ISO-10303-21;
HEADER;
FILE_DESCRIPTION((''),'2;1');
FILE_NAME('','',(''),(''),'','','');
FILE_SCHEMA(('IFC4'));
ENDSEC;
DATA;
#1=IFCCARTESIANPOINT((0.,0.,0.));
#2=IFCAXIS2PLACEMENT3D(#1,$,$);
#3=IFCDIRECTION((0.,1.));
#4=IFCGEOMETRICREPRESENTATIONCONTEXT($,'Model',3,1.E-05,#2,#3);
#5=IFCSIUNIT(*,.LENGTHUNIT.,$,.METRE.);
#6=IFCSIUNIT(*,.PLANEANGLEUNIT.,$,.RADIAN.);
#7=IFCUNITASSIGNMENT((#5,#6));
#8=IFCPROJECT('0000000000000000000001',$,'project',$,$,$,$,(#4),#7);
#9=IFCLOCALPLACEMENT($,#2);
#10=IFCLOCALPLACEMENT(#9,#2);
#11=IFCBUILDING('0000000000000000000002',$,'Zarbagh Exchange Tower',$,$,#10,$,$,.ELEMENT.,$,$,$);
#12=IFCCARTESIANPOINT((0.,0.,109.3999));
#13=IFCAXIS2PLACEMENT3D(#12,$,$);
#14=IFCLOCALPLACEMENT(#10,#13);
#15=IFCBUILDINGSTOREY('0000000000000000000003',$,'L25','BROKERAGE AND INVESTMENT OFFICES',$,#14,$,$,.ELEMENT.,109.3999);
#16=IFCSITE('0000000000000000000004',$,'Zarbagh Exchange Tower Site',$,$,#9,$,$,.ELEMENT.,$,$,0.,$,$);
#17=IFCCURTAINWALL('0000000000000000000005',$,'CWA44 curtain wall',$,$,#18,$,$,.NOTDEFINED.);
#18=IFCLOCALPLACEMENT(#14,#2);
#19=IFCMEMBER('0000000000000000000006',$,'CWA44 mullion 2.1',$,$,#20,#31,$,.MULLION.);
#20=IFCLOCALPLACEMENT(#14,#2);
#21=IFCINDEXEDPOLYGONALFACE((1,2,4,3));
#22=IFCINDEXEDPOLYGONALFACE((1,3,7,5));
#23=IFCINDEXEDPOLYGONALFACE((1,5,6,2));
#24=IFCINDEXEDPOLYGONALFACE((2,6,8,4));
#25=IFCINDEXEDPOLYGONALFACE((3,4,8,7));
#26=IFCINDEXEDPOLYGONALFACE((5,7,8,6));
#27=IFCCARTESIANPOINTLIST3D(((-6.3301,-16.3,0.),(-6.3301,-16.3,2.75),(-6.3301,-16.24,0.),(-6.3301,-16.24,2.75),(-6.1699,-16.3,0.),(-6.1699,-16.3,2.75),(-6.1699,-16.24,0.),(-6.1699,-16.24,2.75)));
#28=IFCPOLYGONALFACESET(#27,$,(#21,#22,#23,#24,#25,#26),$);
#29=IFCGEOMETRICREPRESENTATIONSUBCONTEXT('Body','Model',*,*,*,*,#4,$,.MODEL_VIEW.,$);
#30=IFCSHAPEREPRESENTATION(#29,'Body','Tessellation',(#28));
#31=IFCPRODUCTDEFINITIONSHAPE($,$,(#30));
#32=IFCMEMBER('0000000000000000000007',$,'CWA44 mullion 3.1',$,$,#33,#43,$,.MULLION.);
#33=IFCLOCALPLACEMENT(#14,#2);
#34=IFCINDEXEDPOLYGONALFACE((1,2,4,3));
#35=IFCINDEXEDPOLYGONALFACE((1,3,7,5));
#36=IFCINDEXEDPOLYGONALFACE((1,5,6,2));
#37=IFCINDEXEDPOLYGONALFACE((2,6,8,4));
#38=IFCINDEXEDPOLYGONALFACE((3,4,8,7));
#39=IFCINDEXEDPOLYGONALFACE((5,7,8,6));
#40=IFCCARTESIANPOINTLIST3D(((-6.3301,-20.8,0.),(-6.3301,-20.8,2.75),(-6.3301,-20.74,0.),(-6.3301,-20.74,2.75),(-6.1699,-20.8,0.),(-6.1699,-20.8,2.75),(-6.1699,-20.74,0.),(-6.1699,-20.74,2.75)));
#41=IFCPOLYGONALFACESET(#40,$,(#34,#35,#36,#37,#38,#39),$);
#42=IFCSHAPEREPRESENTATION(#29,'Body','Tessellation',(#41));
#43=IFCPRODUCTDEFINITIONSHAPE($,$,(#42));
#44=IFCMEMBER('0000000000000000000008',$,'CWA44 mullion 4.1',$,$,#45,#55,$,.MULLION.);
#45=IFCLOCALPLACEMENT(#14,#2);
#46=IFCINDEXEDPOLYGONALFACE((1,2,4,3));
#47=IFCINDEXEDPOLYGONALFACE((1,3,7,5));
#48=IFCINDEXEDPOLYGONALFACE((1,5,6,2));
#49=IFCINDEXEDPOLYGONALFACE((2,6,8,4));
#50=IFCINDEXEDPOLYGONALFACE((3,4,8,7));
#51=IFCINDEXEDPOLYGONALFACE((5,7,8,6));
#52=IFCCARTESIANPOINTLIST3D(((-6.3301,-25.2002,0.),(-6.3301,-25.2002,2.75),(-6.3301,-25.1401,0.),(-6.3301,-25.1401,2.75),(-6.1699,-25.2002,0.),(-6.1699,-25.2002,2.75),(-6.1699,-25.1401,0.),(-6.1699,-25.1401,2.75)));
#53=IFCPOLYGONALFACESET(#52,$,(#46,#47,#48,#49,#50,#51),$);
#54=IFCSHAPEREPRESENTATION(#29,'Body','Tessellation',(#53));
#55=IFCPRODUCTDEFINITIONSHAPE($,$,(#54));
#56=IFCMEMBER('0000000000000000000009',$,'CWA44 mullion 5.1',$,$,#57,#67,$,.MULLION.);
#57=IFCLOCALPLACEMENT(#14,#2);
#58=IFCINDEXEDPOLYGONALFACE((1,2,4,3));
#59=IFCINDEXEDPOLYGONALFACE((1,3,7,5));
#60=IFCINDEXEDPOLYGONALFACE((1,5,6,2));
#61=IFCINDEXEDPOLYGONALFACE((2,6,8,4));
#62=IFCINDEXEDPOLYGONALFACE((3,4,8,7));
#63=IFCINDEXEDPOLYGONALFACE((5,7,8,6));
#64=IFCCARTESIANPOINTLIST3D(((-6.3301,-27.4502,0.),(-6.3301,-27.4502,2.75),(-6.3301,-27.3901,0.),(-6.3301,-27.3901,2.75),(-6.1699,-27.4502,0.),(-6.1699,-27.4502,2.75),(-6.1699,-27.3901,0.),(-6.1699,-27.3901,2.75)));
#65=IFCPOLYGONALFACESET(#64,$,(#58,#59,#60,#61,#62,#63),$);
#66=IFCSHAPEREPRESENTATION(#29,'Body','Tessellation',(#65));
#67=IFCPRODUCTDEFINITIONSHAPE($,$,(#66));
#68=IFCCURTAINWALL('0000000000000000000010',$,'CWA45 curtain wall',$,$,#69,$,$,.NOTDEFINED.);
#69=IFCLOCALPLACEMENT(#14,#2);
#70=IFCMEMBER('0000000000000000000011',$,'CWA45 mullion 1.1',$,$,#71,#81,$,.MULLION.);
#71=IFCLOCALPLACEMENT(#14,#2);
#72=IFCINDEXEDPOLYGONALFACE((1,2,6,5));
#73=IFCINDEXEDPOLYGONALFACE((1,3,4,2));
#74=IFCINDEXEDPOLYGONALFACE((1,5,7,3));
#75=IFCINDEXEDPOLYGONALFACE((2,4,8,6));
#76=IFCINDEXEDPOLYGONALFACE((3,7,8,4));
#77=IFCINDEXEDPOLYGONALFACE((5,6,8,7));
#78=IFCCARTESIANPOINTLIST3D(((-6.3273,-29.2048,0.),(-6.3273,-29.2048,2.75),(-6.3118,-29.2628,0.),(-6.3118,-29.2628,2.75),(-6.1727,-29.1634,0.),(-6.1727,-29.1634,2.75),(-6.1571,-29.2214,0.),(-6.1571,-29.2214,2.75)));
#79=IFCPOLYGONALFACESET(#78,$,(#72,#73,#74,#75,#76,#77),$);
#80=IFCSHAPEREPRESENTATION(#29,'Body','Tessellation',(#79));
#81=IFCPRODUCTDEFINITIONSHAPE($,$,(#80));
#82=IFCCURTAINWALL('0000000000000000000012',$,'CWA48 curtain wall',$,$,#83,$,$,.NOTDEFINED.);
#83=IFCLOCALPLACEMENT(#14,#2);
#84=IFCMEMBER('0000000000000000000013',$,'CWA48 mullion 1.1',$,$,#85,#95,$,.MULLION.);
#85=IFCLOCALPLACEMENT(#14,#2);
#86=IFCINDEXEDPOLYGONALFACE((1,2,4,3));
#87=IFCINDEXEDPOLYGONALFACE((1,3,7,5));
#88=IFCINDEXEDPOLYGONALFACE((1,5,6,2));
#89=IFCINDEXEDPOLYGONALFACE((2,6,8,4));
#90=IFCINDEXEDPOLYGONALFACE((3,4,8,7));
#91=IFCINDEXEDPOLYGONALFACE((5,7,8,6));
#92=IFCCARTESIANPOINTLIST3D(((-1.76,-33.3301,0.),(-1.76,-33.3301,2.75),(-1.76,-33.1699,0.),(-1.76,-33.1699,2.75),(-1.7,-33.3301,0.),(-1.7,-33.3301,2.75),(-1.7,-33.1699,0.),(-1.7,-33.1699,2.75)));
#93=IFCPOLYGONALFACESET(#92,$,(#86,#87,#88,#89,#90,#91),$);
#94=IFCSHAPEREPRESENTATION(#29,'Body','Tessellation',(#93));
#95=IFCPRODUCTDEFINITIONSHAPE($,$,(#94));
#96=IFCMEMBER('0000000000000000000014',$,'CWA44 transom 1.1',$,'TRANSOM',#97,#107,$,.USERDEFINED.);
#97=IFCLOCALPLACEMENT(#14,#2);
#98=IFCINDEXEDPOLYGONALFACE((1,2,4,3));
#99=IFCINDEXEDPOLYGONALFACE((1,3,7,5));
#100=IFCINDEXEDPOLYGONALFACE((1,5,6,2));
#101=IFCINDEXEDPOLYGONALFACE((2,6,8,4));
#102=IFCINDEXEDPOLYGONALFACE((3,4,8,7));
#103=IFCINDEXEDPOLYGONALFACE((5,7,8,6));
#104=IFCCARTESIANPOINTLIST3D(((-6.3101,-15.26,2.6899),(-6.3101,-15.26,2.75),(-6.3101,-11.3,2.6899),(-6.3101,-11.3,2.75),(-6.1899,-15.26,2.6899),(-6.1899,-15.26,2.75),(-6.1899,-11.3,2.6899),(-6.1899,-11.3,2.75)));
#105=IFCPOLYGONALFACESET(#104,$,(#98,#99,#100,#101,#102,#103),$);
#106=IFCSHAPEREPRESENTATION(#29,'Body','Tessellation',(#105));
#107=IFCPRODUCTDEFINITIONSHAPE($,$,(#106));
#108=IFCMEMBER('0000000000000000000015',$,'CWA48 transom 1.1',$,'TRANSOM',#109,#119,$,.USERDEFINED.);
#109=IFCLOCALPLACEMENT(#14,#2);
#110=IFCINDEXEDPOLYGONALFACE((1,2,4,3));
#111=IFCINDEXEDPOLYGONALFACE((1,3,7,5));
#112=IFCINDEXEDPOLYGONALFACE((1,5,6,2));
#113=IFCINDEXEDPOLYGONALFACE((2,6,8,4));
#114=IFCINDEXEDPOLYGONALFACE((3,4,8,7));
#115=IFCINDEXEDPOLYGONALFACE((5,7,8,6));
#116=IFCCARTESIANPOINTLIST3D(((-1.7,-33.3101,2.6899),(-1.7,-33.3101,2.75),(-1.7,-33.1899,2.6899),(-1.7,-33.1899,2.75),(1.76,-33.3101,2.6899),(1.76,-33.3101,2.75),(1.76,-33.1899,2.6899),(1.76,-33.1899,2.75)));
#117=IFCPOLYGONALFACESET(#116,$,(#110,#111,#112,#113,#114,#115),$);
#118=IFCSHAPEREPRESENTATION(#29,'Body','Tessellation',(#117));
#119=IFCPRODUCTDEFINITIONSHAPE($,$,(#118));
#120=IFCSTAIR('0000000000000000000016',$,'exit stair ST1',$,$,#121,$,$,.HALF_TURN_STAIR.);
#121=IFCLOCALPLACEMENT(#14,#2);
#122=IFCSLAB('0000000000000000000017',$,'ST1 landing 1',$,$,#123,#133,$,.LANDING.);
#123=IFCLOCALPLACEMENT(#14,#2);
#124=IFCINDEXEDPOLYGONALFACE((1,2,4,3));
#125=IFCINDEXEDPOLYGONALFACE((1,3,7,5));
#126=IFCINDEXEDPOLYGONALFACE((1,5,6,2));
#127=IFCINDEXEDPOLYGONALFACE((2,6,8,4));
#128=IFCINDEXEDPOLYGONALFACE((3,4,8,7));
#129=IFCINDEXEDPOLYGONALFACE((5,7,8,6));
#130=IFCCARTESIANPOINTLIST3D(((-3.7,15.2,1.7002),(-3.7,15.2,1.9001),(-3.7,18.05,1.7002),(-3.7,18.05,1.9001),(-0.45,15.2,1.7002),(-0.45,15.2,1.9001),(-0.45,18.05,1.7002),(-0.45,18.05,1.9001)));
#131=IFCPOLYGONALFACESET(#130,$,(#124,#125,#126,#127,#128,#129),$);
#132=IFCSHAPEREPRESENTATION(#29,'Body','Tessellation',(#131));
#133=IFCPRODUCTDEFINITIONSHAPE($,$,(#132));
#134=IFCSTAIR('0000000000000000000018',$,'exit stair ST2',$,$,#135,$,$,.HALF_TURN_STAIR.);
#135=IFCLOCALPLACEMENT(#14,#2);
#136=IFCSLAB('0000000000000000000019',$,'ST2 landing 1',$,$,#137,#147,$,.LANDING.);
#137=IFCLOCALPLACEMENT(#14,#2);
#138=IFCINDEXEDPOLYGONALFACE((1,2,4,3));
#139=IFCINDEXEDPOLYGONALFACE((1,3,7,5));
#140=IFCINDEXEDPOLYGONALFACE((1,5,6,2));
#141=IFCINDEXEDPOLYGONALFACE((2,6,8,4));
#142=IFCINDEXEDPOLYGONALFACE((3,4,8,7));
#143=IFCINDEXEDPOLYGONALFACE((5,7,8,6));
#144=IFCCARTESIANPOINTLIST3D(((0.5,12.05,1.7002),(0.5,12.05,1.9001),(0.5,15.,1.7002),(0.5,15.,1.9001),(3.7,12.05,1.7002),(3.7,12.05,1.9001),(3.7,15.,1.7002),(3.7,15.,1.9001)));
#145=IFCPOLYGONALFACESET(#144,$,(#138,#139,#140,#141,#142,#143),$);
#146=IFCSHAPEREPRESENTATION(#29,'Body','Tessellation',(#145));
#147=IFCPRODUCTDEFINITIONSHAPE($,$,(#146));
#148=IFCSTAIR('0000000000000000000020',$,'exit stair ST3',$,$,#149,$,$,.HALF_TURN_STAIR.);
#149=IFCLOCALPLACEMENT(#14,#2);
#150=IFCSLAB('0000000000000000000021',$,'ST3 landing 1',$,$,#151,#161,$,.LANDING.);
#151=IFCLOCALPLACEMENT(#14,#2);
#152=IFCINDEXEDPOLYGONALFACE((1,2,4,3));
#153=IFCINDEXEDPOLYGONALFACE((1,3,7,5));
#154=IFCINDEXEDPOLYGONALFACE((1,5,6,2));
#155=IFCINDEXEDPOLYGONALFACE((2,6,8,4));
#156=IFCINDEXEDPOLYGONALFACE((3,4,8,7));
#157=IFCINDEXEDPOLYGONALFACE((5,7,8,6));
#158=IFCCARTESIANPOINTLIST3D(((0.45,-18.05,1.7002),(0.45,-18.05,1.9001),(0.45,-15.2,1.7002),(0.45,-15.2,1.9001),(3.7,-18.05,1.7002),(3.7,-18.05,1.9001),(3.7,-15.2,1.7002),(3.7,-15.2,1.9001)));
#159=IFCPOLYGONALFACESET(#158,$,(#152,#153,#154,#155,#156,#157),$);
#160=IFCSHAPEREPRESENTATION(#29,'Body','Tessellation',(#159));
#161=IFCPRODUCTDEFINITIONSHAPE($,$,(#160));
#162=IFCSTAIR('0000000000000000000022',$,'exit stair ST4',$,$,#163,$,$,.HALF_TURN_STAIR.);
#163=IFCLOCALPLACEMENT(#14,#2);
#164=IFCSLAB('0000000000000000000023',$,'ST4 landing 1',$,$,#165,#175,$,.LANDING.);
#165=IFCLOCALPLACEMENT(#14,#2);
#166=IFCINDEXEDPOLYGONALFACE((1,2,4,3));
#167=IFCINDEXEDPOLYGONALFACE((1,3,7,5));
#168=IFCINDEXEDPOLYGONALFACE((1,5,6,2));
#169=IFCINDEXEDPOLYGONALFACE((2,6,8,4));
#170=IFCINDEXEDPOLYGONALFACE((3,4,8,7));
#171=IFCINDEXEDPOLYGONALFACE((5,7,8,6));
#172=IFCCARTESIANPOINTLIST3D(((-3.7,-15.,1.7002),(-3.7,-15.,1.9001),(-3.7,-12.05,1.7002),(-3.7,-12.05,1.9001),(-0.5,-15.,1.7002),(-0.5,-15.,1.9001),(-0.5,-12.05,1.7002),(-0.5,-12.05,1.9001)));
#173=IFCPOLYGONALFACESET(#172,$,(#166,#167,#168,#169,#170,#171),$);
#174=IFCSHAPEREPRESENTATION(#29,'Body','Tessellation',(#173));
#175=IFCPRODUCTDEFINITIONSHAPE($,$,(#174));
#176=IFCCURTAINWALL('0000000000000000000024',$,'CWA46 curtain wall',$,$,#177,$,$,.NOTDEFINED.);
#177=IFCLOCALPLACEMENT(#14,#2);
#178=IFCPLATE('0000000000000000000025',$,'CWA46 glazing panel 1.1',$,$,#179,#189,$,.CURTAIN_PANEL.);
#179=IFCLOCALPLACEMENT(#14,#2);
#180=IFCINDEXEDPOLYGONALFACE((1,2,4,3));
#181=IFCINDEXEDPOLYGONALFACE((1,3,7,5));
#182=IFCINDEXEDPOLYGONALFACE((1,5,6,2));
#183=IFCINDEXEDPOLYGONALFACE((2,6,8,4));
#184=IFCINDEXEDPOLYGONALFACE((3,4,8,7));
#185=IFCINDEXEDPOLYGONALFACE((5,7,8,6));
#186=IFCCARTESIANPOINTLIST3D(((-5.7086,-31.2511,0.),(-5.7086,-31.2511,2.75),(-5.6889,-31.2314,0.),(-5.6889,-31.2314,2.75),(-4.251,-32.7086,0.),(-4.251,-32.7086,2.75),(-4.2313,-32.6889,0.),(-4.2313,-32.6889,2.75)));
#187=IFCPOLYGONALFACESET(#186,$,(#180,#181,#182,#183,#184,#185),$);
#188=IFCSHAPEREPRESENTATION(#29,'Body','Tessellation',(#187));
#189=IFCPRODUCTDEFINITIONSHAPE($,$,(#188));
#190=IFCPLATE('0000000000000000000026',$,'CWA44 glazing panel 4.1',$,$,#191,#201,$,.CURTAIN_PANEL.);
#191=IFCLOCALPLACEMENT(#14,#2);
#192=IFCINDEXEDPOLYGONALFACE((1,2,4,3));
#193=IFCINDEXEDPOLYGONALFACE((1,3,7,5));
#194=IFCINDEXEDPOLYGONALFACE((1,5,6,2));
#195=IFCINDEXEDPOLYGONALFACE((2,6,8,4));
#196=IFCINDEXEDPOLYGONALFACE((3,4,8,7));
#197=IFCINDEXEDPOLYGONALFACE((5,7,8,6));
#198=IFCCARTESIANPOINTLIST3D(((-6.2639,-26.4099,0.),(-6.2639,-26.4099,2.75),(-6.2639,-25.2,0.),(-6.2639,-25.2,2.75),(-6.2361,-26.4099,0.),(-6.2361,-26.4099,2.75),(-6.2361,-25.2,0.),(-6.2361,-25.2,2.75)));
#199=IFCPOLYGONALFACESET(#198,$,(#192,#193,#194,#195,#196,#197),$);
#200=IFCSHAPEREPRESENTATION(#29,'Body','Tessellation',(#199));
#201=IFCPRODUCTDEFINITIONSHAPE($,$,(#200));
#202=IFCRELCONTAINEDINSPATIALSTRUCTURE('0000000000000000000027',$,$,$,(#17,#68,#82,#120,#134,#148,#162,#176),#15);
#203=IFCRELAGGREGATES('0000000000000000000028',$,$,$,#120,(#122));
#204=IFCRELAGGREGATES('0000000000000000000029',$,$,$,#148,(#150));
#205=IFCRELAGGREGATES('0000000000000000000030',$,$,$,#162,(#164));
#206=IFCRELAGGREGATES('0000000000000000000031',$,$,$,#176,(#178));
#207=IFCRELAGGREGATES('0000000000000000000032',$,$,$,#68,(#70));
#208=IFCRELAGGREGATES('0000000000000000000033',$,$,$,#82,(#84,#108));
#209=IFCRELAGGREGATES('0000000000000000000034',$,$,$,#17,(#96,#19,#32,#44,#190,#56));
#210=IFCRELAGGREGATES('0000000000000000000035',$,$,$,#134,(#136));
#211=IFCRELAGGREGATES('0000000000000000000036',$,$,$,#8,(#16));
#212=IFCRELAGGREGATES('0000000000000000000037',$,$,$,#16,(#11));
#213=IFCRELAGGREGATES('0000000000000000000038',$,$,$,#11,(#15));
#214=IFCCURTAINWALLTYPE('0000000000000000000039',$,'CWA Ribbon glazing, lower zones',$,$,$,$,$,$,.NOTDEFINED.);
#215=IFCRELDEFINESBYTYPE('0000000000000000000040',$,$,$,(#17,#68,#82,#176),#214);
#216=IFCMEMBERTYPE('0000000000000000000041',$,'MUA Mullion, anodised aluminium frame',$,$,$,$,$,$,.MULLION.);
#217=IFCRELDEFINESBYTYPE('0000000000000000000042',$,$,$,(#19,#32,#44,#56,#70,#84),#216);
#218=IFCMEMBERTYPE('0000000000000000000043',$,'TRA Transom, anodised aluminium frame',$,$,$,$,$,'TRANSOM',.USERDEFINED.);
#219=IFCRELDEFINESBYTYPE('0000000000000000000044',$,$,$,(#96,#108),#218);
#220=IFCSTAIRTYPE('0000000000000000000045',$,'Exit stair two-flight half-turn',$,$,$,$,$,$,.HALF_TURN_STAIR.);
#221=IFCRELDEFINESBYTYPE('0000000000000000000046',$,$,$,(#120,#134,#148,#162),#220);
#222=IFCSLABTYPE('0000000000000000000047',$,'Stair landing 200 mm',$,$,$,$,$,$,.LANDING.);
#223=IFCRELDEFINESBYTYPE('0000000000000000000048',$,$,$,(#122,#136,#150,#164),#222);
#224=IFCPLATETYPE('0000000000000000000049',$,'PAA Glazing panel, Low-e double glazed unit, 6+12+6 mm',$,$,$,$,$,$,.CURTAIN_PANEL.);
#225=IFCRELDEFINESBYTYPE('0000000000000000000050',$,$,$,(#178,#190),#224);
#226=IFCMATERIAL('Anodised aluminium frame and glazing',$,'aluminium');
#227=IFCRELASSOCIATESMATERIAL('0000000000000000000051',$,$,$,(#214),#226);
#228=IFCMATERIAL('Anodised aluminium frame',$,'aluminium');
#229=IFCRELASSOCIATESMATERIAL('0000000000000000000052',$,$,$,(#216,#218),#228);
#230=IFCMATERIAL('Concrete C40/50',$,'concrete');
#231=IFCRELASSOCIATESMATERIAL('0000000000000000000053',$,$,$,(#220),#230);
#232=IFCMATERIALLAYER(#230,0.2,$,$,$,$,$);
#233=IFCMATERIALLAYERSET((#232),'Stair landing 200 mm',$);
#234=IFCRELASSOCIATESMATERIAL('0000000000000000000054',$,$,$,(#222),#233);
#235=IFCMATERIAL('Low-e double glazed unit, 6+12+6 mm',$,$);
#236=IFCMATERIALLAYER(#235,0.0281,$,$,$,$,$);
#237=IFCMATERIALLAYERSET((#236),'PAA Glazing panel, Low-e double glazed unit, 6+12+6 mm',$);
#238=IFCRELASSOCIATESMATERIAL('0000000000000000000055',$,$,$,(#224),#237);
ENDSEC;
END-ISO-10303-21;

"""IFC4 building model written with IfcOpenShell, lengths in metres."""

from ifc_helpers import new_model, si_unit, direction, frame, origin, place, context, subcontext, project, spatial, polyline, outline, extrude, source, transform, mapped, material, layer, layer_set, type_object, element, aggregate, save


model = new_model("IFC4")

# Units and contexts
model_context = context("Model", 3, precision=1e-05, world=origin(), true_north=direction((0.0, 1.0)))
body_context = subcontext(model_context, "Body", "Model", "MODEL_VIEW")
ifc_project = project(units=[si_unit("LENGTHUNIT", "METRE"), si_unit("PLANEANGLEUNIT", "RADIAN")], contexts=[model_context])

# Site, building, storey
site_placement = place(None, origin())
site = spatial("IfcSite", under=ifc_project, at=site_placement, Name="Zarbagh Exchange Tower Site", CompositionType="ELEMENT", RefElevation=0.0)
building_placement = place(site_placement, origin())
building = spatial("IfcBuilding", under=site, at=building_placement, Name="Zarbagh Exchange Tower", CompositionType="ELEMENT")
storey_placement = place(building_placement, frame((0.0, 0.0, 109.3999)))
storey = spatial("IfcBuildingStorey", under=building, at=storey_placement, Name="L25", Description="BROKERAGE AND INVESTMENT OFFICES", CompositionType="ELEMENT", Elevation=109.3999)

# Curtain wall, members
ifc_material_1 = material(Name="Anodised aluminium frame and glazing", Category="aluminium")
curtain_wall_type = type_object("IfcCurtainWallType", Name="CWA Ribbon glazing, lower zones", PredefinedType="NOTDEFINED", material=ifc_material_1)
curtain_wall_1_placement = place(storey_placement, origin())
curtain_wall_1 = element("IfcCurtainWall", 1, at=curtain_wall_1_placement, inside=storey, type_object=curtain_wall_type, Name="CWA44 curtain wall", PredefinedType="NOTDEFINED")
ifc_material_2 = material(Name="Anodised aluminium frame", Category="aluminium")
member_type_1 = type_object("IfcMemberType", Name="MUA Mullion, anodised aluminium frame", PredefinedType="MULLION", material=ifc_material_2)
shared_shape_1 = source(origin(), body_context, "Body", "SweptSolid", [
    extrude(outline(polyline([(0.0, -0.0801), (0.0601, -0.0801), (0.0601, 0.0801), (0.0, 0.0801), (0.0, -0.0801)])), origin(), (0.0, 0.0, 1.0), 2.75),
])
placement = place(storey_placement, origin())
member_1 = element("IfcMember", 2, at=placement, type_object=member_type_1, Name="CWA44 mullion 2.1", PredefinedType="MULLION", context=body_context, shape_type="MappedRepresentation", body=[
    mapped(shared_shape_1, transform((-6.25, -16.24, 0.0), x_axis=(0.0, -1.0, 0.0), y_axis=(1.0, 0.0, 0.0), z_axis=(0.0, 0.0, 1.0))),
])
member_2 = element("IfcMember", 3, at=placement, type_object=member_type_1, Name="CWA44 mullion 3.1", PredefinedType="MULLION", context=body_context, shape_type="MappedRepresentation", body=[
    mapped(shared_shape_1, transform((-6.25, -20.74, 0.0), x_axis=(0.0, -1.0, 0.0), y_axis=(1.0, 0.0, 0.0), z_axis=(0.0, 0.0, 1.0))),
])
member_3 = element("IfcMember", 4, at=placement, type_object=member_type_1, Name="CWA44 mullion 4.1", PredefinedType="MULLION", context=body_context, shape_type="MappedRepresentation", body=[
    mapped(shared_shape_1, transform((-6.25, -25.1401, 0.0), x_axis=(0.0, -1.0, 0.0), y_axis=(1.0, 0.0, 0.0), z_axis=(0.0, 0.0, 1.0))),
])
member_4 = element("IfcMember", 5, at=placement, type_object=member_type_1, Name="CWA44 mullion 5.1", PredefinedType="MULLION", context=body_context, shape_type="MappedRepresentation", body=[
    mapped(shared_shape_1, transform((-6.25, -27.3901, 0.0), x_axis=(0.0, -1.0, 0.0), y_axis=(1.0, 0.0, 0.0), z_axis=(0.0, 0.0, 1.0))),
])

# Curtain walls, members
curtain_wall_2_placement = place(storey_placement, origin())
curtain_wall_2 = element("IfcCurtainWall", 6, at=curtain_wall_2_placement, inside=storey, type_object=curtain_wall_type, Name="CWA45 curtain wall", PredefinedType="NOTDEFINED")
member_5 = element("IfcMember", 7, at=placement, type_object=member_type_1, Name="CWA45 mullion 1.1", PredefinedType="MULLION", context=body_context, shape_type="MappedRepresentation", body=[
    mapped(shared_shape_1, transform((-6.25, -29.1841, 0.0), x_axis=(0.258825, -0.965924, 0.0), y_axis=(0.965924, 0.258825, 0.0), z_axis=(0.0, 0.0, 1.0))),
])
curtain_wall_3_placement = place(storey_placement, origin())
curtain_wall_3 = element("IfcCurtainWall", 8, at=curtain_wall_3_placement, inside=storey, type_object=curtain_wall_type, Name="CWA48 curtain wall", PredefinedType="NOTDEFINED")
member_6 = element("IfcMember", 9, at=placement, type_object=member_type_1, Name="CWA48 mullion 1.1", PredefinedType="MULLION", context=body_context, shape_type="MappedRepresentation", body=[
    mapped(shared_shape_1, transform((-1.76, -33.25, 0.0), x_axis=(1.0, 0.0, 0.0), y_axis=(0.0, 1.0, 0.0), z_axis=(0.0, 0.0, 1.0))),
])

# Members
member_type_2 = type_object("IfcMemberType", Name="TRA Transom, anodised aluminium frame", ElementType="TRANSOM", PredefinedType="USERDEFINED", material=ifc_material_2)
shared_shape_2 = source(origin(), body_context, "Body", "SweptSolid", [
    extrude(outline(polyline([(-0.0601, -0.0601), (0.0, -0.0601), (0.0, 0.0601), (-0.0601, 0.0601), (-0.0601, -0.0601)])), origin(), (0.0, 0.0, 1.0), 3.96),
])
member_7 = element("IfcMember", 10, at=placement, type_object=member_type_2, Name="CWA44 transom 1.1", ObjectType="TRANSOM", PredefinedType="USERDEFINED", context=body_context, shape_type="MappedRepresentation", body=[
    mapped(shared_shape_2, transform((-6.25, -11.3, 2.75), x_axis=(0.0, 0.0, 1.0), y_axis=(-1.0, 0.0, 0.0), z_axis=(0.0, -1.0, 0.0))),
])
shared_shape_3 = source(origin(), body_context, "Body", "SweptSolid", [
    extrude(outline(polyline([(-0.0601, -0.0601), (0.0, -0.0601), (0.0, 0.0601), (-0.0601, 0.0601), (-0.0601, -0.0601)])), origin(), (0.0, 0.0, 1.0), 3.46),
])
member_8 = element("IfcMember", 11, at=placement, type_object=member_type_2, Name="CWA48 transom 1.1", ObjectType="TRANSOM", PredefinedType="USERDEFINED", context=body_context, shape_type="MappedRepresentation", body=[
    mapped(shared_shape_3, transform((-1.7, -33.25, 2.75), x_axis=(0.0, 0.0, 1.0), y_axis=(0.0, -1.0, 0.0), z_axis=(1.0, 0.0, 0.0))),
])

# Stairs, slabs
ifc_material_3 = material(Name="Concrete C40/50", Category="concrete")
stair_type = type_object("IfcStairType", Name="Exit stair two-flight half-turn", PredefinedType="HALF_TURN_STAIR", material=ifc_material_3)
stair_1_placement = place(storey_placement, origin())
stair_1 = element("IfcStair", 12, at=stair_1_placement, inside=storey, type_object=stair_type, Name="exit stair ST1", PredefinedType="HALF_TURN_STAIR")
ifc_layer_1 = layer(ifc_material_3, 0.2)
ifc_layer_set_1 = layer_set([ifc_layer_1], Name="Stair landing 200 mm")
slab_type = type_object("IfcSlabType", Name="Stair landing 200 mm", PredefinedType="LANDING", material=ifc_layer_set_1)
slab_1_placement = place(storey_placement, frame((0.0, 0.0, 1.7002)))
slab_1 = element("IfcSlab", 13, at=slab_1_placement, type_object=slab_type, Name="ST1 landing 1", PredefinedType="LANDING", context=body_context, shape_type="SweptSolid", body=[
    extrude(outline(polyline([(-0.45, 18.05), (-3.7, 18.05), (-3.7, 15.2), (-0.45, 15.2), (-0.45, 18.05)])), origin(), (0.0, 0.0, 1.0), 0.2),
])
aggregate(stair_1, [slab_1])
stair_2_placement = place(storey_placement, origin())
stair_2 = element("IfcStair", 14, at=stair_2_placement, inside=storey, type_object=stair_type, Name="exit stair ST2", PredefinedType="HALF_TURN_STAIR")
slab_2_placement = place(storey_placement, frame((0.0, 0.0, 1.7002)))
slab_2 = element("IfcSlab", 15, at=slab_2_placement, type_object=slab_type, Name="ST2 landing 1", PredefinedType="LANDING", context=body_context, shape_type="SweptSolid", body=[
    extrude(outline(polyline([(0.5, 12.05), (3.7, 12.05), (3.7, 15.0), (0.5, 15.0), (0.5, 12.05)])), origin(), (0.0, 0.0, 1.0), 0.2),
])
stair_3_placement = place(storey_placement, origin())
stair_3 = element("IfcStair", 16, at=stair_3_placement, inside=storey, type_object=stair_type, Name="exit stair ST3", PredefinedType="HALF_TURN_STAIR")
slab_3_placement = place(storey_placement, frame((0.0, 0.0, 1.7002)))
slab_3 = element("IfcSlab", 17, at=slab_3_placement, type_object=slab_type, Name="ST3 landing 1", PredefinedType="LANDING", context=body_context, shape_type="SweptSolid", body=[
    extrude(outline(polyline([(0.45, -18.05), (3.7, -18.05), (3.7, -15.2), (0.45, -15.2), (0.45, -18.05)])), origin(), (0.0, 0.0, 1.0), 0.2),
])
aggregate(stair_3, [slab_3])
stair_4_placement = place(storey_placement, origin())
stair_4 = element("IfcStair", 18, at=stair_4_placement, inside=storey, type_object=stair_type, Name="exit stair ST4", PredefinedType="HALF_TURN_STAIR")
slab_4_placement = place(storey_placement, frame((0.0, 0.0, 1.7002)))
slab_4 = element("IfcSlab", 19, at=slab_4_placement, type_object=slab_type, Name="ST4 landing 1", PredefinedType="LANDING", context=body_context, shape_type="SweptSolid", body=[
    extrude(outline(polyline([(-0.5, -12.05), (-3.7, -12.05), (-3.7, -15.0), (-0.5, -15.0), (-0.5, -12.05)])), origin(), (0.0, 0.0, 1.0), 0.2),
])
aggregate(stair_4, [slab_4])

# Curtain wall, plate
curtain_wall_4_placement = place(storey_placement, origin())
curtain_wall_4 = element("IfcCurtainWall", 20, at=curtain_wall_4_placement, inside=storey, type_object=curtain_wall_type, Name="CWA46 curtain wall", PredefinedType="NOTDEFINED")
ifc_material_4 = material(Name="Low-e double glazed unit, 6+12+6 mm")
ifc_layer_2 = layer(ifc_material_4, 0.0281)
ifc_layer_set_2 = layer_set([ifc_layer_2], Name="PAA Glazing panel, Low-e double glazed unit, 6+12+6 mm")
plate_type = type_object("IfcPlateType", Name="PAA Glazing panel, Low-e double glazed unit, 6+12+6 mm", PredefinedType="CURTAIN_PANEL", material=ifc_layer_set_2)
shared_shape_4 = source(origin(), body_context, "Body", "SweptSolid", [
    extrude(outline(polyline([(0.0, -0.0139), (2.0613, -0.0139), (2.0613, 0.0139), (0.0, 0.0139), (0.0, -0.0139)])), origin(), (0.0, 0.0, 1.0), 2.75),
])
plate_1 = element("IfcPlate", 21, at=placement, type_object=plate_type, Name="CWA46 glazing panel 1.1", PredefinedType="CURTAIN_PANEL", context=body_context, shape_type="MappedRepresentation", body=[
    mapped(shared_shape_4, transform((-5.6987, -31.2412, 0.0), x_axis=(0.707107, -0.707107, 0.0), y_axis=(0.707107, 0.707107, 0.0), z_axis=(0.0, 0.0, 1.0))),
])
aggregate(curtain_wall_4, [plate_1])

# Plate
shared_shape_5 = source(origin(), body_context, "Body", "SweptSolid", [
    extrude(outline(polyline([(0.0, -0.0139), (1.21, -0.0139), (1.21, 0.0139), (0.0, 0.0139), (0.0, -0.0139)])), origin(), (0.0, 0.0, 1.0), 2.75),
])
plate_2 = element("IfcPlate", 22, at=placement, type_object=plate_type, Name="CWA44 glazing panel 4.1", PredefinedType="CURTAIN_PANEL", context=body_context, shape_type="MappedRepresentation", body=[
    mapped(shared_shape_5, transform((-6.25, -25.2, 0.0), x_axis=(0.0, -1.0, 0.0), y_axis=(1.0, 0.0, 0.0), z_axis=(0.0, 0.0, 1.0))),
])
aggregate(curtain_wall_2, [member_5])

aggregate(curtain_wall_3, [member_6, member_8])
aggregate(curtain_wall_1, [member_7, member_1, member_2, member_3, plate_2, member_4])

aggregate(stair_2, [slab_2])

save(model, "model.ifc")
